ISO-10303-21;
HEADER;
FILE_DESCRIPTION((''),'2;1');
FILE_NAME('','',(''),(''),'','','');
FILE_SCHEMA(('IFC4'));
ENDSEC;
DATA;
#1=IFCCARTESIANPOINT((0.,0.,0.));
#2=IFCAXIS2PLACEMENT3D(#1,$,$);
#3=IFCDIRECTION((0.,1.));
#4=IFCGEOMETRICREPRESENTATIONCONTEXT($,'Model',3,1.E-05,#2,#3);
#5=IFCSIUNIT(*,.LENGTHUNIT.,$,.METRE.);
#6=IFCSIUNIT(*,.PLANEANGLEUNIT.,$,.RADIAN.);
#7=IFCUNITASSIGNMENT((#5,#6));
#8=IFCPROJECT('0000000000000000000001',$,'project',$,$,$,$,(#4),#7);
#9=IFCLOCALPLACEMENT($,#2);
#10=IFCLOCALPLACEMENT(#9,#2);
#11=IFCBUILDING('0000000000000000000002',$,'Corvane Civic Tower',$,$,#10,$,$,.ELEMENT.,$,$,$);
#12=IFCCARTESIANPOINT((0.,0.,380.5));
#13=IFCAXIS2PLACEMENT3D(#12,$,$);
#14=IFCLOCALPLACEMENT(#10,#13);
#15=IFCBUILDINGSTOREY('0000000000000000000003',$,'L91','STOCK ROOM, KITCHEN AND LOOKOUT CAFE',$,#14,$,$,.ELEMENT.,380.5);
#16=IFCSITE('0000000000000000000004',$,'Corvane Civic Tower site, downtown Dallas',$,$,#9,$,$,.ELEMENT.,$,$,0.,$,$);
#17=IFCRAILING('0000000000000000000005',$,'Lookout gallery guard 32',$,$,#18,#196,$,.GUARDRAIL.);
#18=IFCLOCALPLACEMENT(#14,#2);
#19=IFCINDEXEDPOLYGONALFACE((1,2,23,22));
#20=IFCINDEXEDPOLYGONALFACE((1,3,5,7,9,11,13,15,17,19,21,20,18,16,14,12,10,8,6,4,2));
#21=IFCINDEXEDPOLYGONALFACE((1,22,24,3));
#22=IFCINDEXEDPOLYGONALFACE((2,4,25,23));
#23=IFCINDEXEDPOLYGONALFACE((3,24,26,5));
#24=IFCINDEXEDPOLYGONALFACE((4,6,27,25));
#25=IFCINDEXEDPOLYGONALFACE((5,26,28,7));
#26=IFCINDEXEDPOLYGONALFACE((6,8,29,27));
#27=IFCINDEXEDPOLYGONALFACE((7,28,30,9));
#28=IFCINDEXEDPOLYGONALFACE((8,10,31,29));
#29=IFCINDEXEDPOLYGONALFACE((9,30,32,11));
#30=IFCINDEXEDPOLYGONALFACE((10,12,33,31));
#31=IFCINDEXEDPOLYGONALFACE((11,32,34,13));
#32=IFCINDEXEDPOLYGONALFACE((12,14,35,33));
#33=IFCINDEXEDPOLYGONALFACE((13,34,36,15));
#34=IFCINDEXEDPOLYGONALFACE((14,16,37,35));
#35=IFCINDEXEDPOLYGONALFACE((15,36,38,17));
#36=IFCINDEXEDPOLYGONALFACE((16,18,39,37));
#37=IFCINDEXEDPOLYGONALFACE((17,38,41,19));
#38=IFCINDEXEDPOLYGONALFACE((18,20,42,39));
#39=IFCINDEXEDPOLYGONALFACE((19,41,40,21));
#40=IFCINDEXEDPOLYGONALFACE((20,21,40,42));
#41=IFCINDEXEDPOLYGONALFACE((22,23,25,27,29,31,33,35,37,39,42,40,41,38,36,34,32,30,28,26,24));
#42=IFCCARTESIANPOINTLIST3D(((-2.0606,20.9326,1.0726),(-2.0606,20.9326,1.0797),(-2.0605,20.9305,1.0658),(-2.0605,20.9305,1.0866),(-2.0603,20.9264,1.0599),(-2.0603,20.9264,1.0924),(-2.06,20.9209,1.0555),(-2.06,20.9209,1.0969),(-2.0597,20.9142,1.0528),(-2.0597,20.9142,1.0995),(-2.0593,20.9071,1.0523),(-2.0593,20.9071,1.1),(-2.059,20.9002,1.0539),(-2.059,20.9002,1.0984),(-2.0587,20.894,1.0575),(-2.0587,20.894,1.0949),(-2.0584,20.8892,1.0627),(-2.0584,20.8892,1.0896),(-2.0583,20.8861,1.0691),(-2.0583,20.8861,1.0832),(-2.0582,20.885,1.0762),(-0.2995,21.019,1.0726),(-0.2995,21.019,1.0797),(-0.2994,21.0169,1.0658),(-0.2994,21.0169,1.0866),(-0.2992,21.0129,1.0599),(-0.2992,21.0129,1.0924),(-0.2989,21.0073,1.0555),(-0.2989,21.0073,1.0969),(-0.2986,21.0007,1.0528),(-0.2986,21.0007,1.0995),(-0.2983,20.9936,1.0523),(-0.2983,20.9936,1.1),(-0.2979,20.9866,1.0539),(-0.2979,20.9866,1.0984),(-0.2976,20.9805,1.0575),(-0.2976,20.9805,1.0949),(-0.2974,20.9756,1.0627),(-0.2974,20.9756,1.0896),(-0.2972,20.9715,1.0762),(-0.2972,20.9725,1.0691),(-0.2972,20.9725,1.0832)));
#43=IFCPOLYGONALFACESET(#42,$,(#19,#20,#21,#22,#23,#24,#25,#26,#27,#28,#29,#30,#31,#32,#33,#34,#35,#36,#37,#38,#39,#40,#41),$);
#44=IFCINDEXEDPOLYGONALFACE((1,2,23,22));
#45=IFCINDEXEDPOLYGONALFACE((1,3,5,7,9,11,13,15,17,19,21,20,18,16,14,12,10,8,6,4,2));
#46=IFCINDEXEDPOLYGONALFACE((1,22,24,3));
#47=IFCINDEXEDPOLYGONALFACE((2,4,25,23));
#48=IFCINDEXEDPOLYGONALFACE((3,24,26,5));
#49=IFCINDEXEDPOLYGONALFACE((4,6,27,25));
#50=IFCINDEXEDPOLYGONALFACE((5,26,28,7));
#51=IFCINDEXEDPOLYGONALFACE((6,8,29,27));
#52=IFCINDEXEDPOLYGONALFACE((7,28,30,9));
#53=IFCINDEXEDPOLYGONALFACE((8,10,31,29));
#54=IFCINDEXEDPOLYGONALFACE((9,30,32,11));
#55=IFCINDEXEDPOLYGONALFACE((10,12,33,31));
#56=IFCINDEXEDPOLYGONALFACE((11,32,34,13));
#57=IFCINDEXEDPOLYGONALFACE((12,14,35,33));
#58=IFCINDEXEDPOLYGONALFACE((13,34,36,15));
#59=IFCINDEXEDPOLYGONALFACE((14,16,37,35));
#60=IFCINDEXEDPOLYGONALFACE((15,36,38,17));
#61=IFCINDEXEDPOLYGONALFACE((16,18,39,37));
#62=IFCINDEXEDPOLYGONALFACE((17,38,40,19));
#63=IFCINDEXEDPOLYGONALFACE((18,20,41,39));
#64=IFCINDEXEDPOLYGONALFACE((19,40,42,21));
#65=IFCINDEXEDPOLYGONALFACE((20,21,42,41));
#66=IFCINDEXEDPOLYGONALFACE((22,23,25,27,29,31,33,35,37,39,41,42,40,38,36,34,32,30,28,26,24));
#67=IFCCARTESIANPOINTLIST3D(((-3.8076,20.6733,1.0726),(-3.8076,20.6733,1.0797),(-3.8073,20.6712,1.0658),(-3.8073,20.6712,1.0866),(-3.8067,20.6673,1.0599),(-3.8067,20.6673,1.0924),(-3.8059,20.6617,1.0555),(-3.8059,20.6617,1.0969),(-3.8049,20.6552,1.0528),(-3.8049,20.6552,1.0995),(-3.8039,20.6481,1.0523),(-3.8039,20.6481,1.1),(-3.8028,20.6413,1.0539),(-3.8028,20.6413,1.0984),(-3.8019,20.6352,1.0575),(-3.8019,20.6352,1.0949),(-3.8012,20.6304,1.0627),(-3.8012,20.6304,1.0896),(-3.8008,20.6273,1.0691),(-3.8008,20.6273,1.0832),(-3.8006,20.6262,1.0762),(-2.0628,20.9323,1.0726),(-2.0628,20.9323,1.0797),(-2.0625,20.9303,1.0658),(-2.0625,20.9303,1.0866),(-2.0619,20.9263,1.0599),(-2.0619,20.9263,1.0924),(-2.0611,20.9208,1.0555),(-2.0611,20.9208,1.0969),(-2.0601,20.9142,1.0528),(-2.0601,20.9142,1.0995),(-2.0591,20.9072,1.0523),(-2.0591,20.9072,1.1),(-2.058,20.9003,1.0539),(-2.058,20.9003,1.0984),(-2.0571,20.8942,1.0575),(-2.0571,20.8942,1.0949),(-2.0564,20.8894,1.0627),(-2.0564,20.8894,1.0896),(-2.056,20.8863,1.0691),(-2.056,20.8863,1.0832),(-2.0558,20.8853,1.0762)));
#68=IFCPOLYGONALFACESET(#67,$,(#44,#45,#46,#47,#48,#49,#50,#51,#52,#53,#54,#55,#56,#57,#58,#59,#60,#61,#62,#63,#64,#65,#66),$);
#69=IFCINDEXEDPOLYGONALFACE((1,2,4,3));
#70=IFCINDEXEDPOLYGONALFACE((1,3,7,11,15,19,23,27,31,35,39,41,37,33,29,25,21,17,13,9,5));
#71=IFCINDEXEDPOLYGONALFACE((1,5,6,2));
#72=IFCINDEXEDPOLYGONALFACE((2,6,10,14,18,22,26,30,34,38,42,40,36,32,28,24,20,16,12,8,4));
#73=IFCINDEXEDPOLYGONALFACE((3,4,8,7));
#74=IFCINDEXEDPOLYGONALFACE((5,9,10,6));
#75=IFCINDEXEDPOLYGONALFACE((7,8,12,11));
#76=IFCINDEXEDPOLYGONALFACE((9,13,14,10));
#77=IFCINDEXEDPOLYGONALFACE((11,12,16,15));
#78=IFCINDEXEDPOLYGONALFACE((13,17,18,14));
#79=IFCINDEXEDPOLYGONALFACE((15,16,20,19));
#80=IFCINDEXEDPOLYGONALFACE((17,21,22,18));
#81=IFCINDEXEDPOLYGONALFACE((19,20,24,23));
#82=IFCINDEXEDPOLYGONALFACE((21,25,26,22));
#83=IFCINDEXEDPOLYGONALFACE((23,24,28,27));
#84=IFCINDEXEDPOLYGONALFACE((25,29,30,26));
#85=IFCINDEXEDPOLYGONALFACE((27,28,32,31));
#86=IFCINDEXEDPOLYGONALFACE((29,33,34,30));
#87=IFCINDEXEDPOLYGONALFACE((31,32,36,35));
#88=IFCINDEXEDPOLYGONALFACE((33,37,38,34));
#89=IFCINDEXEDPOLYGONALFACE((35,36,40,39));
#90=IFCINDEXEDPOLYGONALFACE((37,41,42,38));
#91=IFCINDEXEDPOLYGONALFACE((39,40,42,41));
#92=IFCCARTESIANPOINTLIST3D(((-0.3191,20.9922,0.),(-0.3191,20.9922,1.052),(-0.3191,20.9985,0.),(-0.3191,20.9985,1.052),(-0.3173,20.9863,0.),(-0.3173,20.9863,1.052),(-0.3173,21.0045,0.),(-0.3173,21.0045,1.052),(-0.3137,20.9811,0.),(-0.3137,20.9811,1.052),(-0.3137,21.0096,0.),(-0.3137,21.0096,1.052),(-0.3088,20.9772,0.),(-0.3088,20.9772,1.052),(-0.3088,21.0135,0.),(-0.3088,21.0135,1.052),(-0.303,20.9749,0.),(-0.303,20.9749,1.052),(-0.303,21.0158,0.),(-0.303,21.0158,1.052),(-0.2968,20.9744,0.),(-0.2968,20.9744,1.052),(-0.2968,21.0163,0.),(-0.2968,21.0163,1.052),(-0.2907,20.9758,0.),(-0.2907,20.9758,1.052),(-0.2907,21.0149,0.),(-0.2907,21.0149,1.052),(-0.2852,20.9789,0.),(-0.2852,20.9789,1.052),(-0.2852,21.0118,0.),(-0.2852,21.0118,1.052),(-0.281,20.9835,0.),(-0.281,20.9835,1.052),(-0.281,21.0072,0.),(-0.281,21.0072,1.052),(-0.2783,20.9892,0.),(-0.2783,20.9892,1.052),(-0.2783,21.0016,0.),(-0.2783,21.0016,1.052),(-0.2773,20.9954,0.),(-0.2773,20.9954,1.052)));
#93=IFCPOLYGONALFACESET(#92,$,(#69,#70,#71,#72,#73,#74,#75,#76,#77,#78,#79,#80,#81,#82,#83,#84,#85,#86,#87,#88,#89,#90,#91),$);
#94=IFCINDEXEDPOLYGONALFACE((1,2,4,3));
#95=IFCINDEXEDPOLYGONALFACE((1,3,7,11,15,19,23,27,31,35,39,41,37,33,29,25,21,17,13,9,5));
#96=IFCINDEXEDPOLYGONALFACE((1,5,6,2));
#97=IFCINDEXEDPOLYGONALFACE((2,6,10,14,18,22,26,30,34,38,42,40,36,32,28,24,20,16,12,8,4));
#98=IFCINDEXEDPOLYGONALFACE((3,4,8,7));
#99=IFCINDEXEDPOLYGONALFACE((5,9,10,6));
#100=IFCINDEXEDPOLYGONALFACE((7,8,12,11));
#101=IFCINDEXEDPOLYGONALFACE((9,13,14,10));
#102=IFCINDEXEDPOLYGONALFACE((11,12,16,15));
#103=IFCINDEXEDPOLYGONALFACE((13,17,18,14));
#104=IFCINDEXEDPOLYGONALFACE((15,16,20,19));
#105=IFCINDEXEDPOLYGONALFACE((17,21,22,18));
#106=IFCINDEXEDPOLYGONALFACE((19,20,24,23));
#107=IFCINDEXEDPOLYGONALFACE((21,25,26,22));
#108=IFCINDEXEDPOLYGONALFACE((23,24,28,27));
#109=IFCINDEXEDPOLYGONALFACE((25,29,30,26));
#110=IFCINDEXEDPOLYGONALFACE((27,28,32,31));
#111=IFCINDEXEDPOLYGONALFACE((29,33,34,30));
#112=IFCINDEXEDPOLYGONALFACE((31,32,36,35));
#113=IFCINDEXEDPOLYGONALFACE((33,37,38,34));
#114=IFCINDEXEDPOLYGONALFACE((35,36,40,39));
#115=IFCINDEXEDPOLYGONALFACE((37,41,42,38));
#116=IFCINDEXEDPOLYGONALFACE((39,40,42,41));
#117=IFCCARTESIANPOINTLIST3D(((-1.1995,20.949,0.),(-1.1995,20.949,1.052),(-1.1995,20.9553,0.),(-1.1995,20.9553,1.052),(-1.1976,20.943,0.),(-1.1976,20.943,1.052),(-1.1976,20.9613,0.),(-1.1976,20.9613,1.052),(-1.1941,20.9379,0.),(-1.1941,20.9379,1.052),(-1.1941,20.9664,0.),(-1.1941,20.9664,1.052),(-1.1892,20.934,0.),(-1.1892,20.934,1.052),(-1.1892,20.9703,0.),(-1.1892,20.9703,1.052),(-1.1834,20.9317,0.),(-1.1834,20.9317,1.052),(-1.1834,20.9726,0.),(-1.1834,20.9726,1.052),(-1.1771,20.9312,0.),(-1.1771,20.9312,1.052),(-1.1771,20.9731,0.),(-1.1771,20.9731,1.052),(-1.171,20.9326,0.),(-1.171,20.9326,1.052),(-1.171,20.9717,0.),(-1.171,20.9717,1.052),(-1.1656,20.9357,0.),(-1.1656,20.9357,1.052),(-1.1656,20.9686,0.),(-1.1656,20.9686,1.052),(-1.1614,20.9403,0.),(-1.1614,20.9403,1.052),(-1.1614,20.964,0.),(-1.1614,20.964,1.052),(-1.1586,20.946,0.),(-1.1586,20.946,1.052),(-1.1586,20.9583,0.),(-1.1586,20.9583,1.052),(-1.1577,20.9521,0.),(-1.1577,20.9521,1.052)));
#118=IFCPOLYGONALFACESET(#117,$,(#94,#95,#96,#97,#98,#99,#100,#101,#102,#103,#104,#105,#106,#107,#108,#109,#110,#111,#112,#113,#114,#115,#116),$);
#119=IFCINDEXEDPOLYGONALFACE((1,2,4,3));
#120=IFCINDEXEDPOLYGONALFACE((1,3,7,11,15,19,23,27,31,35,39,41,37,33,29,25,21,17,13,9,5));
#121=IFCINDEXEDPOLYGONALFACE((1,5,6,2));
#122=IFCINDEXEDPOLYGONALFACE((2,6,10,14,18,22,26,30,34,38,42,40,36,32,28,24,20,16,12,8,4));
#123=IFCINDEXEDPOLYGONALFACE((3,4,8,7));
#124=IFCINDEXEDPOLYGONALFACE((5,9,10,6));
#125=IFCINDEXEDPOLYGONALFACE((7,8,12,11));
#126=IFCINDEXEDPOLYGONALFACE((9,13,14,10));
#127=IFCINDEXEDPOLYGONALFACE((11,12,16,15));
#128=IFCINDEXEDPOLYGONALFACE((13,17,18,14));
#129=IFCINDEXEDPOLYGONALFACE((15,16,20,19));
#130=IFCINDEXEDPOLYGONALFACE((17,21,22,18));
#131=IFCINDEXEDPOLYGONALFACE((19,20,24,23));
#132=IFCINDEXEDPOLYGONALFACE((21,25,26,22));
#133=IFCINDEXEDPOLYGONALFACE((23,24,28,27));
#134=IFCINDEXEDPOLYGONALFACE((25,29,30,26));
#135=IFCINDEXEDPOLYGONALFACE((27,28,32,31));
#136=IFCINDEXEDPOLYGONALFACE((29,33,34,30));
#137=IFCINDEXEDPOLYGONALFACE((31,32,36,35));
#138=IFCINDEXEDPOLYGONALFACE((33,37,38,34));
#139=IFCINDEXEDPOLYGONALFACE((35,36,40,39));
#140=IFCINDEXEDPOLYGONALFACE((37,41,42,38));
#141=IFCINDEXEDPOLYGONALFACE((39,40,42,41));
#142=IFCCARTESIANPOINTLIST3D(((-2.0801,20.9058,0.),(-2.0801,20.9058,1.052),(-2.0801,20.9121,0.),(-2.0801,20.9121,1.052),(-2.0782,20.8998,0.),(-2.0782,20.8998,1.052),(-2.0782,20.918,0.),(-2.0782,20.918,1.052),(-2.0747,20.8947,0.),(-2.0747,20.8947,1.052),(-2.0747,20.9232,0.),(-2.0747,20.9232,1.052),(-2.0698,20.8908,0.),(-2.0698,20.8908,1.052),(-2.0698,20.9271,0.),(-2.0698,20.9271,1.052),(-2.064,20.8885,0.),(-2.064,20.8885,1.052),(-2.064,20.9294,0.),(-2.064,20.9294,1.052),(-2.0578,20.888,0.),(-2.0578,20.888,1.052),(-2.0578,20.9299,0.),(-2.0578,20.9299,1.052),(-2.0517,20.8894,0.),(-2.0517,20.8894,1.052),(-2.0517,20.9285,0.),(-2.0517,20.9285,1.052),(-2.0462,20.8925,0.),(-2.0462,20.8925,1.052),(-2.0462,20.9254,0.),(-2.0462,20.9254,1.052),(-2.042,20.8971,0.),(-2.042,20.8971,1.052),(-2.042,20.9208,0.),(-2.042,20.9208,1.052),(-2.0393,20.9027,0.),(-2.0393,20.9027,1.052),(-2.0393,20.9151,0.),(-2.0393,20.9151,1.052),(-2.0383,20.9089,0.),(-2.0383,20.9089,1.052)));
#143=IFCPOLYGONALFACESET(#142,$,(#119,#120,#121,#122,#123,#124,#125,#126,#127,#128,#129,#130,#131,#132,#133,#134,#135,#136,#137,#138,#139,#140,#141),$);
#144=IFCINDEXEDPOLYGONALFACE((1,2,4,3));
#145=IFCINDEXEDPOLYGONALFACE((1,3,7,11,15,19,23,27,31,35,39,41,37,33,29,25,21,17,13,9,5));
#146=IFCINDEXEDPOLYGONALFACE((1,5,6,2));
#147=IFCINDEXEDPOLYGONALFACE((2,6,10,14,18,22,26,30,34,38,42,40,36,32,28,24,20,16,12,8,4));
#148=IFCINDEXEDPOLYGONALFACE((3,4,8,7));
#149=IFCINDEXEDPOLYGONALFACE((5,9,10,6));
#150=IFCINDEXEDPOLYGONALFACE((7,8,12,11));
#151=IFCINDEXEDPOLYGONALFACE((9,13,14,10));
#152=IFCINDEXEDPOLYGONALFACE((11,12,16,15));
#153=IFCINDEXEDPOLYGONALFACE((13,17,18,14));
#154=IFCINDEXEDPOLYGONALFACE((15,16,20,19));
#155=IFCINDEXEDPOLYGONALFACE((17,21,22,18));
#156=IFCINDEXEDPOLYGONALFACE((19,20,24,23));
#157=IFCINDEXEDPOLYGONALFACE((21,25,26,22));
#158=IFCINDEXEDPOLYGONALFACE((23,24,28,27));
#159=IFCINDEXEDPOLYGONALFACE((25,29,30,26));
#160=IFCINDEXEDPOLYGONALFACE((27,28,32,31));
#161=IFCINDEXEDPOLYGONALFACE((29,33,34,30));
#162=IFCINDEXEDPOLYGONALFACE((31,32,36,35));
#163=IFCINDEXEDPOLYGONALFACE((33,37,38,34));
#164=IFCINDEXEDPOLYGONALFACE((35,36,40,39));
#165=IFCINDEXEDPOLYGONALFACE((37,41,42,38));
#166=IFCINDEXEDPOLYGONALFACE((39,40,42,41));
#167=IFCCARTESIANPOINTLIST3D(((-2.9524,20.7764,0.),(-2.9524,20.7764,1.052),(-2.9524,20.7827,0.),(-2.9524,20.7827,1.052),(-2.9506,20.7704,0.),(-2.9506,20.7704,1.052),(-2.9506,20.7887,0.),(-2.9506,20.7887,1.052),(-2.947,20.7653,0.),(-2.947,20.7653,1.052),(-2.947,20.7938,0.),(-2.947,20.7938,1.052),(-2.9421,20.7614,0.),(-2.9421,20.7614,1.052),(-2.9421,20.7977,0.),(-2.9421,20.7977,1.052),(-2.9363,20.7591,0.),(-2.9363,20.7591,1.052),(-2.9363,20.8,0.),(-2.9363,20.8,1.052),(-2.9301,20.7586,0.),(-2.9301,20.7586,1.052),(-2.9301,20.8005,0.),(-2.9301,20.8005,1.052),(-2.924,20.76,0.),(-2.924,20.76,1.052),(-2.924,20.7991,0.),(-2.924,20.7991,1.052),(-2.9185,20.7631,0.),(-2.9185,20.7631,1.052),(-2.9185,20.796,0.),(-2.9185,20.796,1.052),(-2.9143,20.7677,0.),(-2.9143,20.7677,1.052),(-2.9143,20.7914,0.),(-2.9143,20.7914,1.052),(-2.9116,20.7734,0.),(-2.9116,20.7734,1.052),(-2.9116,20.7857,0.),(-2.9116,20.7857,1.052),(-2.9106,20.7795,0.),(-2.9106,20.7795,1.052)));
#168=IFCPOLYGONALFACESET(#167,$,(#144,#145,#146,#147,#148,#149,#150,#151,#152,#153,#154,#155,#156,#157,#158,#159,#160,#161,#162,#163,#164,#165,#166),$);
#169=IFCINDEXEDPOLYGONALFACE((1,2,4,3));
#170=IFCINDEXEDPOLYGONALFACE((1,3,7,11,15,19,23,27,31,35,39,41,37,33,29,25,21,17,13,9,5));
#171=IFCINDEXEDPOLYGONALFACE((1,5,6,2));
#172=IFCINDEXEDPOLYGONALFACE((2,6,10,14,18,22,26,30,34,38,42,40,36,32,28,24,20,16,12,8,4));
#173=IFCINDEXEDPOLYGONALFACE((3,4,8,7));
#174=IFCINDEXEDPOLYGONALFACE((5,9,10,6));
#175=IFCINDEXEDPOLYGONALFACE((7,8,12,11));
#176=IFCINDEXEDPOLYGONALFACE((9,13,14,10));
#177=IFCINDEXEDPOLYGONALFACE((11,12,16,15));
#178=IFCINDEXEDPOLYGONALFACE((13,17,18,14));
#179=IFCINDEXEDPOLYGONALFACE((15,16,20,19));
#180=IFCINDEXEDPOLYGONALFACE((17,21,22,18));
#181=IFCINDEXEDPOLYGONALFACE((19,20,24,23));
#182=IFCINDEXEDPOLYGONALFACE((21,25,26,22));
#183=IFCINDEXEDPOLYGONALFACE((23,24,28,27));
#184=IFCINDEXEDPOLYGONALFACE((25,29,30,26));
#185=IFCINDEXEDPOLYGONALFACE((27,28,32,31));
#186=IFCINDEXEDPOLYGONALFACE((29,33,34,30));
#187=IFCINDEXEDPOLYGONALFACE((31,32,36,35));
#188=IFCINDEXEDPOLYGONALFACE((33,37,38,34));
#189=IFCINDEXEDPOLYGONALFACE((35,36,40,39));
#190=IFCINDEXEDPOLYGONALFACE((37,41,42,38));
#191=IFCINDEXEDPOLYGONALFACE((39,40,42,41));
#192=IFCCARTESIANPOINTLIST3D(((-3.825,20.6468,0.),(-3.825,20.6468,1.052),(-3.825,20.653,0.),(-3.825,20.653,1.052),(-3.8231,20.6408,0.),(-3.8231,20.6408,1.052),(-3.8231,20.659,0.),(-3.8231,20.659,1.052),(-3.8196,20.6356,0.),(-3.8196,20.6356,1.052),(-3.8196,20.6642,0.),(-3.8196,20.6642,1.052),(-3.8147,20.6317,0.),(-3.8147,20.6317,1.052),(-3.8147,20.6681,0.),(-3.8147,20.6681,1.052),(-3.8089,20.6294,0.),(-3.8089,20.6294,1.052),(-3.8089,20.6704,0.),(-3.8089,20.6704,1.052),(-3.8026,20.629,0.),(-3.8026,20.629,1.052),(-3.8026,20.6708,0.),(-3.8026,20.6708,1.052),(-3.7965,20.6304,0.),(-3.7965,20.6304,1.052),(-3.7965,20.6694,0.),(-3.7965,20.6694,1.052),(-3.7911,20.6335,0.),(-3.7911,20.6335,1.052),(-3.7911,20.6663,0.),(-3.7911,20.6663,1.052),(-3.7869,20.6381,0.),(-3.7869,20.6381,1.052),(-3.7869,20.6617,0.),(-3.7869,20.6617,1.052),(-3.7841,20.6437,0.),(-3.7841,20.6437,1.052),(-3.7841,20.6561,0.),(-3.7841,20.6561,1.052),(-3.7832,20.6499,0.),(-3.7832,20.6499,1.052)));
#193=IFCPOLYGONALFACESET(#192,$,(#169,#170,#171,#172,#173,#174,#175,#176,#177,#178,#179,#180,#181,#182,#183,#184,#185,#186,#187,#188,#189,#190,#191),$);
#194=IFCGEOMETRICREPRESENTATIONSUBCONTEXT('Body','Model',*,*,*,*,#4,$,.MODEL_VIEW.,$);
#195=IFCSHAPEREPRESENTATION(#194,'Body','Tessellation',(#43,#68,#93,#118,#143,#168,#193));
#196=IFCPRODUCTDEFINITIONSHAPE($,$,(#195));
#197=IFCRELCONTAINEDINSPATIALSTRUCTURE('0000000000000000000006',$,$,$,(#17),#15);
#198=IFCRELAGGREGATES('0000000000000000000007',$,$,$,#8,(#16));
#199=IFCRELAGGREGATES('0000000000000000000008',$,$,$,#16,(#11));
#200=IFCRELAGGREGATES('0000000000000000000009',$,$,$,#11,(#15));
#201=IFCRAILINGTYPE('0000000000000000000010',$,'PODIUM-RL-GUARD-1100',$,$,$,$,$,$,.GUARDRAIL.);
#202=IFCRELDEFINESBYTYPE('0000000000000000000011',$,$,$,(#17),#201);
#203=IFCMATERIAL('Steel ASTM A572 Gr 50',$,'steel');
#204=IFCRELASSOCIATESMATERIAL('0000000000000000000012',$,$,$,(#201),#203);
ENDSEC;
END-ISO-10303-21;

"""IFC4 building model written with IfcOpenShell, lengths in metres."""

from ifc_helpers import new_model, si_unit, direction, frame, origin, origin_2d, place, context, subcontext, project, spatial, circle, extrude, material, type_object, element, save


model = new_model("IFC4")

# Units and contexts
model_context = context("Model", 3, precision=1e-05, world=origin(), true_north=direction((0.0, 1.0)))
body_context = subcontext(model_context, "Body", "Model", "MODEL_VIEW")
ifc_project = project(units=[si_unit("LENGTHUNIT", "METRE"), si_unit("PLANEANGLEUNIT", "RADIAN")], contexts=[model_context])

# Site, building, storey
site_placement = place(None, origin())
site = spatial("IfcSite", under=ifc_project, at=site_placement, Name="Corvane Civic Tower site, downtown Dallas", CompositionType="ELEMENT", RefElevation=0.0)
building_placement = place(site_placement, origin())
building = spatial("IfcBuilding", under=site, at=building_placement, Name="Corvane Civic Tower", CompositionType="ELEMENT")
storey_placement = place(building_placement, frame((0.0, 0.0, 380.5)))
storey = spatial("IfcBuildingStorey", under=building, at=storey_placement, Name="L91", Description="STOCK ROOM, KITCHEN AND LOOKOUT CAFE", CompositionType="ELEMENT", Elevation=380.5)

# Railing
ifc_material_1 = material(Name="Steel ASTM A572 Gr 50", Category="steel")
railing_type = type_object("IfcRailingType", Name="PODIUM-RL-GUARD-1100", PredefinedType="GUARDRAIL", material=ifc_material_1)
railing_placement = place(storey_placement, frame((-0.2983, 20.9954, 0.0)))
element("IfcRailing", 1, at=railing_placement, inside=storey, type_object=railing_type, Name="Lookout gallery guard 32", PredefinedType="GUARDRAIL", context=body_context, shape_type="SweptSolid", body=[
    extrude(circle(Radius=0.0239, at=origin_2d()), frame((0.0, 0.0, 1.0762), z_axis=(-0.998798, -0.049019, 0.0), x_axis=(0.049019, -0.998798, 0.0)), (0.0, 0.0, 1.0), 1.7632),
    extrude(circle(Radius=0.0239, at=origin_2d()), frame((-1.761, -0.0864, 1.0762), z_axis=(-0.98916, -0.146845, 0.0), x_axis=(0.146845, -0.98916, 0.0)), (0.0, 0.0, 1.0), 1.7639),
    extrude(circle(Radius=0.021, at=origin_2d()), origin(), (0.0, 0.0, 1.0), 1.052),
    extrude(circle(Radius=0.021, at=origin_2d()), frame((-0.8804, -0.0432, 0.0)), (0.0, 0.0, 1.0), 1.052),
    extrude(circle(Radius=0.021, at=origin_2d()), frame((-1.761, -0.0864, 0.0)), (0.0, 0.0, 1.0), 1.052),
    extrude(circle(Radius=0.021, at=origin_2d()), frame((-2.6333, -0.2158, 0.0)), (0.0, 0.0, 1.0), 1.052),
    extrude(circle(Radius=0.021, at=origin_2d()), frame((-3.5059, -0.3455, 0.0)), (0.0, 0.0, 1.0), 1.052),
])

save(model, "model.ifc")
